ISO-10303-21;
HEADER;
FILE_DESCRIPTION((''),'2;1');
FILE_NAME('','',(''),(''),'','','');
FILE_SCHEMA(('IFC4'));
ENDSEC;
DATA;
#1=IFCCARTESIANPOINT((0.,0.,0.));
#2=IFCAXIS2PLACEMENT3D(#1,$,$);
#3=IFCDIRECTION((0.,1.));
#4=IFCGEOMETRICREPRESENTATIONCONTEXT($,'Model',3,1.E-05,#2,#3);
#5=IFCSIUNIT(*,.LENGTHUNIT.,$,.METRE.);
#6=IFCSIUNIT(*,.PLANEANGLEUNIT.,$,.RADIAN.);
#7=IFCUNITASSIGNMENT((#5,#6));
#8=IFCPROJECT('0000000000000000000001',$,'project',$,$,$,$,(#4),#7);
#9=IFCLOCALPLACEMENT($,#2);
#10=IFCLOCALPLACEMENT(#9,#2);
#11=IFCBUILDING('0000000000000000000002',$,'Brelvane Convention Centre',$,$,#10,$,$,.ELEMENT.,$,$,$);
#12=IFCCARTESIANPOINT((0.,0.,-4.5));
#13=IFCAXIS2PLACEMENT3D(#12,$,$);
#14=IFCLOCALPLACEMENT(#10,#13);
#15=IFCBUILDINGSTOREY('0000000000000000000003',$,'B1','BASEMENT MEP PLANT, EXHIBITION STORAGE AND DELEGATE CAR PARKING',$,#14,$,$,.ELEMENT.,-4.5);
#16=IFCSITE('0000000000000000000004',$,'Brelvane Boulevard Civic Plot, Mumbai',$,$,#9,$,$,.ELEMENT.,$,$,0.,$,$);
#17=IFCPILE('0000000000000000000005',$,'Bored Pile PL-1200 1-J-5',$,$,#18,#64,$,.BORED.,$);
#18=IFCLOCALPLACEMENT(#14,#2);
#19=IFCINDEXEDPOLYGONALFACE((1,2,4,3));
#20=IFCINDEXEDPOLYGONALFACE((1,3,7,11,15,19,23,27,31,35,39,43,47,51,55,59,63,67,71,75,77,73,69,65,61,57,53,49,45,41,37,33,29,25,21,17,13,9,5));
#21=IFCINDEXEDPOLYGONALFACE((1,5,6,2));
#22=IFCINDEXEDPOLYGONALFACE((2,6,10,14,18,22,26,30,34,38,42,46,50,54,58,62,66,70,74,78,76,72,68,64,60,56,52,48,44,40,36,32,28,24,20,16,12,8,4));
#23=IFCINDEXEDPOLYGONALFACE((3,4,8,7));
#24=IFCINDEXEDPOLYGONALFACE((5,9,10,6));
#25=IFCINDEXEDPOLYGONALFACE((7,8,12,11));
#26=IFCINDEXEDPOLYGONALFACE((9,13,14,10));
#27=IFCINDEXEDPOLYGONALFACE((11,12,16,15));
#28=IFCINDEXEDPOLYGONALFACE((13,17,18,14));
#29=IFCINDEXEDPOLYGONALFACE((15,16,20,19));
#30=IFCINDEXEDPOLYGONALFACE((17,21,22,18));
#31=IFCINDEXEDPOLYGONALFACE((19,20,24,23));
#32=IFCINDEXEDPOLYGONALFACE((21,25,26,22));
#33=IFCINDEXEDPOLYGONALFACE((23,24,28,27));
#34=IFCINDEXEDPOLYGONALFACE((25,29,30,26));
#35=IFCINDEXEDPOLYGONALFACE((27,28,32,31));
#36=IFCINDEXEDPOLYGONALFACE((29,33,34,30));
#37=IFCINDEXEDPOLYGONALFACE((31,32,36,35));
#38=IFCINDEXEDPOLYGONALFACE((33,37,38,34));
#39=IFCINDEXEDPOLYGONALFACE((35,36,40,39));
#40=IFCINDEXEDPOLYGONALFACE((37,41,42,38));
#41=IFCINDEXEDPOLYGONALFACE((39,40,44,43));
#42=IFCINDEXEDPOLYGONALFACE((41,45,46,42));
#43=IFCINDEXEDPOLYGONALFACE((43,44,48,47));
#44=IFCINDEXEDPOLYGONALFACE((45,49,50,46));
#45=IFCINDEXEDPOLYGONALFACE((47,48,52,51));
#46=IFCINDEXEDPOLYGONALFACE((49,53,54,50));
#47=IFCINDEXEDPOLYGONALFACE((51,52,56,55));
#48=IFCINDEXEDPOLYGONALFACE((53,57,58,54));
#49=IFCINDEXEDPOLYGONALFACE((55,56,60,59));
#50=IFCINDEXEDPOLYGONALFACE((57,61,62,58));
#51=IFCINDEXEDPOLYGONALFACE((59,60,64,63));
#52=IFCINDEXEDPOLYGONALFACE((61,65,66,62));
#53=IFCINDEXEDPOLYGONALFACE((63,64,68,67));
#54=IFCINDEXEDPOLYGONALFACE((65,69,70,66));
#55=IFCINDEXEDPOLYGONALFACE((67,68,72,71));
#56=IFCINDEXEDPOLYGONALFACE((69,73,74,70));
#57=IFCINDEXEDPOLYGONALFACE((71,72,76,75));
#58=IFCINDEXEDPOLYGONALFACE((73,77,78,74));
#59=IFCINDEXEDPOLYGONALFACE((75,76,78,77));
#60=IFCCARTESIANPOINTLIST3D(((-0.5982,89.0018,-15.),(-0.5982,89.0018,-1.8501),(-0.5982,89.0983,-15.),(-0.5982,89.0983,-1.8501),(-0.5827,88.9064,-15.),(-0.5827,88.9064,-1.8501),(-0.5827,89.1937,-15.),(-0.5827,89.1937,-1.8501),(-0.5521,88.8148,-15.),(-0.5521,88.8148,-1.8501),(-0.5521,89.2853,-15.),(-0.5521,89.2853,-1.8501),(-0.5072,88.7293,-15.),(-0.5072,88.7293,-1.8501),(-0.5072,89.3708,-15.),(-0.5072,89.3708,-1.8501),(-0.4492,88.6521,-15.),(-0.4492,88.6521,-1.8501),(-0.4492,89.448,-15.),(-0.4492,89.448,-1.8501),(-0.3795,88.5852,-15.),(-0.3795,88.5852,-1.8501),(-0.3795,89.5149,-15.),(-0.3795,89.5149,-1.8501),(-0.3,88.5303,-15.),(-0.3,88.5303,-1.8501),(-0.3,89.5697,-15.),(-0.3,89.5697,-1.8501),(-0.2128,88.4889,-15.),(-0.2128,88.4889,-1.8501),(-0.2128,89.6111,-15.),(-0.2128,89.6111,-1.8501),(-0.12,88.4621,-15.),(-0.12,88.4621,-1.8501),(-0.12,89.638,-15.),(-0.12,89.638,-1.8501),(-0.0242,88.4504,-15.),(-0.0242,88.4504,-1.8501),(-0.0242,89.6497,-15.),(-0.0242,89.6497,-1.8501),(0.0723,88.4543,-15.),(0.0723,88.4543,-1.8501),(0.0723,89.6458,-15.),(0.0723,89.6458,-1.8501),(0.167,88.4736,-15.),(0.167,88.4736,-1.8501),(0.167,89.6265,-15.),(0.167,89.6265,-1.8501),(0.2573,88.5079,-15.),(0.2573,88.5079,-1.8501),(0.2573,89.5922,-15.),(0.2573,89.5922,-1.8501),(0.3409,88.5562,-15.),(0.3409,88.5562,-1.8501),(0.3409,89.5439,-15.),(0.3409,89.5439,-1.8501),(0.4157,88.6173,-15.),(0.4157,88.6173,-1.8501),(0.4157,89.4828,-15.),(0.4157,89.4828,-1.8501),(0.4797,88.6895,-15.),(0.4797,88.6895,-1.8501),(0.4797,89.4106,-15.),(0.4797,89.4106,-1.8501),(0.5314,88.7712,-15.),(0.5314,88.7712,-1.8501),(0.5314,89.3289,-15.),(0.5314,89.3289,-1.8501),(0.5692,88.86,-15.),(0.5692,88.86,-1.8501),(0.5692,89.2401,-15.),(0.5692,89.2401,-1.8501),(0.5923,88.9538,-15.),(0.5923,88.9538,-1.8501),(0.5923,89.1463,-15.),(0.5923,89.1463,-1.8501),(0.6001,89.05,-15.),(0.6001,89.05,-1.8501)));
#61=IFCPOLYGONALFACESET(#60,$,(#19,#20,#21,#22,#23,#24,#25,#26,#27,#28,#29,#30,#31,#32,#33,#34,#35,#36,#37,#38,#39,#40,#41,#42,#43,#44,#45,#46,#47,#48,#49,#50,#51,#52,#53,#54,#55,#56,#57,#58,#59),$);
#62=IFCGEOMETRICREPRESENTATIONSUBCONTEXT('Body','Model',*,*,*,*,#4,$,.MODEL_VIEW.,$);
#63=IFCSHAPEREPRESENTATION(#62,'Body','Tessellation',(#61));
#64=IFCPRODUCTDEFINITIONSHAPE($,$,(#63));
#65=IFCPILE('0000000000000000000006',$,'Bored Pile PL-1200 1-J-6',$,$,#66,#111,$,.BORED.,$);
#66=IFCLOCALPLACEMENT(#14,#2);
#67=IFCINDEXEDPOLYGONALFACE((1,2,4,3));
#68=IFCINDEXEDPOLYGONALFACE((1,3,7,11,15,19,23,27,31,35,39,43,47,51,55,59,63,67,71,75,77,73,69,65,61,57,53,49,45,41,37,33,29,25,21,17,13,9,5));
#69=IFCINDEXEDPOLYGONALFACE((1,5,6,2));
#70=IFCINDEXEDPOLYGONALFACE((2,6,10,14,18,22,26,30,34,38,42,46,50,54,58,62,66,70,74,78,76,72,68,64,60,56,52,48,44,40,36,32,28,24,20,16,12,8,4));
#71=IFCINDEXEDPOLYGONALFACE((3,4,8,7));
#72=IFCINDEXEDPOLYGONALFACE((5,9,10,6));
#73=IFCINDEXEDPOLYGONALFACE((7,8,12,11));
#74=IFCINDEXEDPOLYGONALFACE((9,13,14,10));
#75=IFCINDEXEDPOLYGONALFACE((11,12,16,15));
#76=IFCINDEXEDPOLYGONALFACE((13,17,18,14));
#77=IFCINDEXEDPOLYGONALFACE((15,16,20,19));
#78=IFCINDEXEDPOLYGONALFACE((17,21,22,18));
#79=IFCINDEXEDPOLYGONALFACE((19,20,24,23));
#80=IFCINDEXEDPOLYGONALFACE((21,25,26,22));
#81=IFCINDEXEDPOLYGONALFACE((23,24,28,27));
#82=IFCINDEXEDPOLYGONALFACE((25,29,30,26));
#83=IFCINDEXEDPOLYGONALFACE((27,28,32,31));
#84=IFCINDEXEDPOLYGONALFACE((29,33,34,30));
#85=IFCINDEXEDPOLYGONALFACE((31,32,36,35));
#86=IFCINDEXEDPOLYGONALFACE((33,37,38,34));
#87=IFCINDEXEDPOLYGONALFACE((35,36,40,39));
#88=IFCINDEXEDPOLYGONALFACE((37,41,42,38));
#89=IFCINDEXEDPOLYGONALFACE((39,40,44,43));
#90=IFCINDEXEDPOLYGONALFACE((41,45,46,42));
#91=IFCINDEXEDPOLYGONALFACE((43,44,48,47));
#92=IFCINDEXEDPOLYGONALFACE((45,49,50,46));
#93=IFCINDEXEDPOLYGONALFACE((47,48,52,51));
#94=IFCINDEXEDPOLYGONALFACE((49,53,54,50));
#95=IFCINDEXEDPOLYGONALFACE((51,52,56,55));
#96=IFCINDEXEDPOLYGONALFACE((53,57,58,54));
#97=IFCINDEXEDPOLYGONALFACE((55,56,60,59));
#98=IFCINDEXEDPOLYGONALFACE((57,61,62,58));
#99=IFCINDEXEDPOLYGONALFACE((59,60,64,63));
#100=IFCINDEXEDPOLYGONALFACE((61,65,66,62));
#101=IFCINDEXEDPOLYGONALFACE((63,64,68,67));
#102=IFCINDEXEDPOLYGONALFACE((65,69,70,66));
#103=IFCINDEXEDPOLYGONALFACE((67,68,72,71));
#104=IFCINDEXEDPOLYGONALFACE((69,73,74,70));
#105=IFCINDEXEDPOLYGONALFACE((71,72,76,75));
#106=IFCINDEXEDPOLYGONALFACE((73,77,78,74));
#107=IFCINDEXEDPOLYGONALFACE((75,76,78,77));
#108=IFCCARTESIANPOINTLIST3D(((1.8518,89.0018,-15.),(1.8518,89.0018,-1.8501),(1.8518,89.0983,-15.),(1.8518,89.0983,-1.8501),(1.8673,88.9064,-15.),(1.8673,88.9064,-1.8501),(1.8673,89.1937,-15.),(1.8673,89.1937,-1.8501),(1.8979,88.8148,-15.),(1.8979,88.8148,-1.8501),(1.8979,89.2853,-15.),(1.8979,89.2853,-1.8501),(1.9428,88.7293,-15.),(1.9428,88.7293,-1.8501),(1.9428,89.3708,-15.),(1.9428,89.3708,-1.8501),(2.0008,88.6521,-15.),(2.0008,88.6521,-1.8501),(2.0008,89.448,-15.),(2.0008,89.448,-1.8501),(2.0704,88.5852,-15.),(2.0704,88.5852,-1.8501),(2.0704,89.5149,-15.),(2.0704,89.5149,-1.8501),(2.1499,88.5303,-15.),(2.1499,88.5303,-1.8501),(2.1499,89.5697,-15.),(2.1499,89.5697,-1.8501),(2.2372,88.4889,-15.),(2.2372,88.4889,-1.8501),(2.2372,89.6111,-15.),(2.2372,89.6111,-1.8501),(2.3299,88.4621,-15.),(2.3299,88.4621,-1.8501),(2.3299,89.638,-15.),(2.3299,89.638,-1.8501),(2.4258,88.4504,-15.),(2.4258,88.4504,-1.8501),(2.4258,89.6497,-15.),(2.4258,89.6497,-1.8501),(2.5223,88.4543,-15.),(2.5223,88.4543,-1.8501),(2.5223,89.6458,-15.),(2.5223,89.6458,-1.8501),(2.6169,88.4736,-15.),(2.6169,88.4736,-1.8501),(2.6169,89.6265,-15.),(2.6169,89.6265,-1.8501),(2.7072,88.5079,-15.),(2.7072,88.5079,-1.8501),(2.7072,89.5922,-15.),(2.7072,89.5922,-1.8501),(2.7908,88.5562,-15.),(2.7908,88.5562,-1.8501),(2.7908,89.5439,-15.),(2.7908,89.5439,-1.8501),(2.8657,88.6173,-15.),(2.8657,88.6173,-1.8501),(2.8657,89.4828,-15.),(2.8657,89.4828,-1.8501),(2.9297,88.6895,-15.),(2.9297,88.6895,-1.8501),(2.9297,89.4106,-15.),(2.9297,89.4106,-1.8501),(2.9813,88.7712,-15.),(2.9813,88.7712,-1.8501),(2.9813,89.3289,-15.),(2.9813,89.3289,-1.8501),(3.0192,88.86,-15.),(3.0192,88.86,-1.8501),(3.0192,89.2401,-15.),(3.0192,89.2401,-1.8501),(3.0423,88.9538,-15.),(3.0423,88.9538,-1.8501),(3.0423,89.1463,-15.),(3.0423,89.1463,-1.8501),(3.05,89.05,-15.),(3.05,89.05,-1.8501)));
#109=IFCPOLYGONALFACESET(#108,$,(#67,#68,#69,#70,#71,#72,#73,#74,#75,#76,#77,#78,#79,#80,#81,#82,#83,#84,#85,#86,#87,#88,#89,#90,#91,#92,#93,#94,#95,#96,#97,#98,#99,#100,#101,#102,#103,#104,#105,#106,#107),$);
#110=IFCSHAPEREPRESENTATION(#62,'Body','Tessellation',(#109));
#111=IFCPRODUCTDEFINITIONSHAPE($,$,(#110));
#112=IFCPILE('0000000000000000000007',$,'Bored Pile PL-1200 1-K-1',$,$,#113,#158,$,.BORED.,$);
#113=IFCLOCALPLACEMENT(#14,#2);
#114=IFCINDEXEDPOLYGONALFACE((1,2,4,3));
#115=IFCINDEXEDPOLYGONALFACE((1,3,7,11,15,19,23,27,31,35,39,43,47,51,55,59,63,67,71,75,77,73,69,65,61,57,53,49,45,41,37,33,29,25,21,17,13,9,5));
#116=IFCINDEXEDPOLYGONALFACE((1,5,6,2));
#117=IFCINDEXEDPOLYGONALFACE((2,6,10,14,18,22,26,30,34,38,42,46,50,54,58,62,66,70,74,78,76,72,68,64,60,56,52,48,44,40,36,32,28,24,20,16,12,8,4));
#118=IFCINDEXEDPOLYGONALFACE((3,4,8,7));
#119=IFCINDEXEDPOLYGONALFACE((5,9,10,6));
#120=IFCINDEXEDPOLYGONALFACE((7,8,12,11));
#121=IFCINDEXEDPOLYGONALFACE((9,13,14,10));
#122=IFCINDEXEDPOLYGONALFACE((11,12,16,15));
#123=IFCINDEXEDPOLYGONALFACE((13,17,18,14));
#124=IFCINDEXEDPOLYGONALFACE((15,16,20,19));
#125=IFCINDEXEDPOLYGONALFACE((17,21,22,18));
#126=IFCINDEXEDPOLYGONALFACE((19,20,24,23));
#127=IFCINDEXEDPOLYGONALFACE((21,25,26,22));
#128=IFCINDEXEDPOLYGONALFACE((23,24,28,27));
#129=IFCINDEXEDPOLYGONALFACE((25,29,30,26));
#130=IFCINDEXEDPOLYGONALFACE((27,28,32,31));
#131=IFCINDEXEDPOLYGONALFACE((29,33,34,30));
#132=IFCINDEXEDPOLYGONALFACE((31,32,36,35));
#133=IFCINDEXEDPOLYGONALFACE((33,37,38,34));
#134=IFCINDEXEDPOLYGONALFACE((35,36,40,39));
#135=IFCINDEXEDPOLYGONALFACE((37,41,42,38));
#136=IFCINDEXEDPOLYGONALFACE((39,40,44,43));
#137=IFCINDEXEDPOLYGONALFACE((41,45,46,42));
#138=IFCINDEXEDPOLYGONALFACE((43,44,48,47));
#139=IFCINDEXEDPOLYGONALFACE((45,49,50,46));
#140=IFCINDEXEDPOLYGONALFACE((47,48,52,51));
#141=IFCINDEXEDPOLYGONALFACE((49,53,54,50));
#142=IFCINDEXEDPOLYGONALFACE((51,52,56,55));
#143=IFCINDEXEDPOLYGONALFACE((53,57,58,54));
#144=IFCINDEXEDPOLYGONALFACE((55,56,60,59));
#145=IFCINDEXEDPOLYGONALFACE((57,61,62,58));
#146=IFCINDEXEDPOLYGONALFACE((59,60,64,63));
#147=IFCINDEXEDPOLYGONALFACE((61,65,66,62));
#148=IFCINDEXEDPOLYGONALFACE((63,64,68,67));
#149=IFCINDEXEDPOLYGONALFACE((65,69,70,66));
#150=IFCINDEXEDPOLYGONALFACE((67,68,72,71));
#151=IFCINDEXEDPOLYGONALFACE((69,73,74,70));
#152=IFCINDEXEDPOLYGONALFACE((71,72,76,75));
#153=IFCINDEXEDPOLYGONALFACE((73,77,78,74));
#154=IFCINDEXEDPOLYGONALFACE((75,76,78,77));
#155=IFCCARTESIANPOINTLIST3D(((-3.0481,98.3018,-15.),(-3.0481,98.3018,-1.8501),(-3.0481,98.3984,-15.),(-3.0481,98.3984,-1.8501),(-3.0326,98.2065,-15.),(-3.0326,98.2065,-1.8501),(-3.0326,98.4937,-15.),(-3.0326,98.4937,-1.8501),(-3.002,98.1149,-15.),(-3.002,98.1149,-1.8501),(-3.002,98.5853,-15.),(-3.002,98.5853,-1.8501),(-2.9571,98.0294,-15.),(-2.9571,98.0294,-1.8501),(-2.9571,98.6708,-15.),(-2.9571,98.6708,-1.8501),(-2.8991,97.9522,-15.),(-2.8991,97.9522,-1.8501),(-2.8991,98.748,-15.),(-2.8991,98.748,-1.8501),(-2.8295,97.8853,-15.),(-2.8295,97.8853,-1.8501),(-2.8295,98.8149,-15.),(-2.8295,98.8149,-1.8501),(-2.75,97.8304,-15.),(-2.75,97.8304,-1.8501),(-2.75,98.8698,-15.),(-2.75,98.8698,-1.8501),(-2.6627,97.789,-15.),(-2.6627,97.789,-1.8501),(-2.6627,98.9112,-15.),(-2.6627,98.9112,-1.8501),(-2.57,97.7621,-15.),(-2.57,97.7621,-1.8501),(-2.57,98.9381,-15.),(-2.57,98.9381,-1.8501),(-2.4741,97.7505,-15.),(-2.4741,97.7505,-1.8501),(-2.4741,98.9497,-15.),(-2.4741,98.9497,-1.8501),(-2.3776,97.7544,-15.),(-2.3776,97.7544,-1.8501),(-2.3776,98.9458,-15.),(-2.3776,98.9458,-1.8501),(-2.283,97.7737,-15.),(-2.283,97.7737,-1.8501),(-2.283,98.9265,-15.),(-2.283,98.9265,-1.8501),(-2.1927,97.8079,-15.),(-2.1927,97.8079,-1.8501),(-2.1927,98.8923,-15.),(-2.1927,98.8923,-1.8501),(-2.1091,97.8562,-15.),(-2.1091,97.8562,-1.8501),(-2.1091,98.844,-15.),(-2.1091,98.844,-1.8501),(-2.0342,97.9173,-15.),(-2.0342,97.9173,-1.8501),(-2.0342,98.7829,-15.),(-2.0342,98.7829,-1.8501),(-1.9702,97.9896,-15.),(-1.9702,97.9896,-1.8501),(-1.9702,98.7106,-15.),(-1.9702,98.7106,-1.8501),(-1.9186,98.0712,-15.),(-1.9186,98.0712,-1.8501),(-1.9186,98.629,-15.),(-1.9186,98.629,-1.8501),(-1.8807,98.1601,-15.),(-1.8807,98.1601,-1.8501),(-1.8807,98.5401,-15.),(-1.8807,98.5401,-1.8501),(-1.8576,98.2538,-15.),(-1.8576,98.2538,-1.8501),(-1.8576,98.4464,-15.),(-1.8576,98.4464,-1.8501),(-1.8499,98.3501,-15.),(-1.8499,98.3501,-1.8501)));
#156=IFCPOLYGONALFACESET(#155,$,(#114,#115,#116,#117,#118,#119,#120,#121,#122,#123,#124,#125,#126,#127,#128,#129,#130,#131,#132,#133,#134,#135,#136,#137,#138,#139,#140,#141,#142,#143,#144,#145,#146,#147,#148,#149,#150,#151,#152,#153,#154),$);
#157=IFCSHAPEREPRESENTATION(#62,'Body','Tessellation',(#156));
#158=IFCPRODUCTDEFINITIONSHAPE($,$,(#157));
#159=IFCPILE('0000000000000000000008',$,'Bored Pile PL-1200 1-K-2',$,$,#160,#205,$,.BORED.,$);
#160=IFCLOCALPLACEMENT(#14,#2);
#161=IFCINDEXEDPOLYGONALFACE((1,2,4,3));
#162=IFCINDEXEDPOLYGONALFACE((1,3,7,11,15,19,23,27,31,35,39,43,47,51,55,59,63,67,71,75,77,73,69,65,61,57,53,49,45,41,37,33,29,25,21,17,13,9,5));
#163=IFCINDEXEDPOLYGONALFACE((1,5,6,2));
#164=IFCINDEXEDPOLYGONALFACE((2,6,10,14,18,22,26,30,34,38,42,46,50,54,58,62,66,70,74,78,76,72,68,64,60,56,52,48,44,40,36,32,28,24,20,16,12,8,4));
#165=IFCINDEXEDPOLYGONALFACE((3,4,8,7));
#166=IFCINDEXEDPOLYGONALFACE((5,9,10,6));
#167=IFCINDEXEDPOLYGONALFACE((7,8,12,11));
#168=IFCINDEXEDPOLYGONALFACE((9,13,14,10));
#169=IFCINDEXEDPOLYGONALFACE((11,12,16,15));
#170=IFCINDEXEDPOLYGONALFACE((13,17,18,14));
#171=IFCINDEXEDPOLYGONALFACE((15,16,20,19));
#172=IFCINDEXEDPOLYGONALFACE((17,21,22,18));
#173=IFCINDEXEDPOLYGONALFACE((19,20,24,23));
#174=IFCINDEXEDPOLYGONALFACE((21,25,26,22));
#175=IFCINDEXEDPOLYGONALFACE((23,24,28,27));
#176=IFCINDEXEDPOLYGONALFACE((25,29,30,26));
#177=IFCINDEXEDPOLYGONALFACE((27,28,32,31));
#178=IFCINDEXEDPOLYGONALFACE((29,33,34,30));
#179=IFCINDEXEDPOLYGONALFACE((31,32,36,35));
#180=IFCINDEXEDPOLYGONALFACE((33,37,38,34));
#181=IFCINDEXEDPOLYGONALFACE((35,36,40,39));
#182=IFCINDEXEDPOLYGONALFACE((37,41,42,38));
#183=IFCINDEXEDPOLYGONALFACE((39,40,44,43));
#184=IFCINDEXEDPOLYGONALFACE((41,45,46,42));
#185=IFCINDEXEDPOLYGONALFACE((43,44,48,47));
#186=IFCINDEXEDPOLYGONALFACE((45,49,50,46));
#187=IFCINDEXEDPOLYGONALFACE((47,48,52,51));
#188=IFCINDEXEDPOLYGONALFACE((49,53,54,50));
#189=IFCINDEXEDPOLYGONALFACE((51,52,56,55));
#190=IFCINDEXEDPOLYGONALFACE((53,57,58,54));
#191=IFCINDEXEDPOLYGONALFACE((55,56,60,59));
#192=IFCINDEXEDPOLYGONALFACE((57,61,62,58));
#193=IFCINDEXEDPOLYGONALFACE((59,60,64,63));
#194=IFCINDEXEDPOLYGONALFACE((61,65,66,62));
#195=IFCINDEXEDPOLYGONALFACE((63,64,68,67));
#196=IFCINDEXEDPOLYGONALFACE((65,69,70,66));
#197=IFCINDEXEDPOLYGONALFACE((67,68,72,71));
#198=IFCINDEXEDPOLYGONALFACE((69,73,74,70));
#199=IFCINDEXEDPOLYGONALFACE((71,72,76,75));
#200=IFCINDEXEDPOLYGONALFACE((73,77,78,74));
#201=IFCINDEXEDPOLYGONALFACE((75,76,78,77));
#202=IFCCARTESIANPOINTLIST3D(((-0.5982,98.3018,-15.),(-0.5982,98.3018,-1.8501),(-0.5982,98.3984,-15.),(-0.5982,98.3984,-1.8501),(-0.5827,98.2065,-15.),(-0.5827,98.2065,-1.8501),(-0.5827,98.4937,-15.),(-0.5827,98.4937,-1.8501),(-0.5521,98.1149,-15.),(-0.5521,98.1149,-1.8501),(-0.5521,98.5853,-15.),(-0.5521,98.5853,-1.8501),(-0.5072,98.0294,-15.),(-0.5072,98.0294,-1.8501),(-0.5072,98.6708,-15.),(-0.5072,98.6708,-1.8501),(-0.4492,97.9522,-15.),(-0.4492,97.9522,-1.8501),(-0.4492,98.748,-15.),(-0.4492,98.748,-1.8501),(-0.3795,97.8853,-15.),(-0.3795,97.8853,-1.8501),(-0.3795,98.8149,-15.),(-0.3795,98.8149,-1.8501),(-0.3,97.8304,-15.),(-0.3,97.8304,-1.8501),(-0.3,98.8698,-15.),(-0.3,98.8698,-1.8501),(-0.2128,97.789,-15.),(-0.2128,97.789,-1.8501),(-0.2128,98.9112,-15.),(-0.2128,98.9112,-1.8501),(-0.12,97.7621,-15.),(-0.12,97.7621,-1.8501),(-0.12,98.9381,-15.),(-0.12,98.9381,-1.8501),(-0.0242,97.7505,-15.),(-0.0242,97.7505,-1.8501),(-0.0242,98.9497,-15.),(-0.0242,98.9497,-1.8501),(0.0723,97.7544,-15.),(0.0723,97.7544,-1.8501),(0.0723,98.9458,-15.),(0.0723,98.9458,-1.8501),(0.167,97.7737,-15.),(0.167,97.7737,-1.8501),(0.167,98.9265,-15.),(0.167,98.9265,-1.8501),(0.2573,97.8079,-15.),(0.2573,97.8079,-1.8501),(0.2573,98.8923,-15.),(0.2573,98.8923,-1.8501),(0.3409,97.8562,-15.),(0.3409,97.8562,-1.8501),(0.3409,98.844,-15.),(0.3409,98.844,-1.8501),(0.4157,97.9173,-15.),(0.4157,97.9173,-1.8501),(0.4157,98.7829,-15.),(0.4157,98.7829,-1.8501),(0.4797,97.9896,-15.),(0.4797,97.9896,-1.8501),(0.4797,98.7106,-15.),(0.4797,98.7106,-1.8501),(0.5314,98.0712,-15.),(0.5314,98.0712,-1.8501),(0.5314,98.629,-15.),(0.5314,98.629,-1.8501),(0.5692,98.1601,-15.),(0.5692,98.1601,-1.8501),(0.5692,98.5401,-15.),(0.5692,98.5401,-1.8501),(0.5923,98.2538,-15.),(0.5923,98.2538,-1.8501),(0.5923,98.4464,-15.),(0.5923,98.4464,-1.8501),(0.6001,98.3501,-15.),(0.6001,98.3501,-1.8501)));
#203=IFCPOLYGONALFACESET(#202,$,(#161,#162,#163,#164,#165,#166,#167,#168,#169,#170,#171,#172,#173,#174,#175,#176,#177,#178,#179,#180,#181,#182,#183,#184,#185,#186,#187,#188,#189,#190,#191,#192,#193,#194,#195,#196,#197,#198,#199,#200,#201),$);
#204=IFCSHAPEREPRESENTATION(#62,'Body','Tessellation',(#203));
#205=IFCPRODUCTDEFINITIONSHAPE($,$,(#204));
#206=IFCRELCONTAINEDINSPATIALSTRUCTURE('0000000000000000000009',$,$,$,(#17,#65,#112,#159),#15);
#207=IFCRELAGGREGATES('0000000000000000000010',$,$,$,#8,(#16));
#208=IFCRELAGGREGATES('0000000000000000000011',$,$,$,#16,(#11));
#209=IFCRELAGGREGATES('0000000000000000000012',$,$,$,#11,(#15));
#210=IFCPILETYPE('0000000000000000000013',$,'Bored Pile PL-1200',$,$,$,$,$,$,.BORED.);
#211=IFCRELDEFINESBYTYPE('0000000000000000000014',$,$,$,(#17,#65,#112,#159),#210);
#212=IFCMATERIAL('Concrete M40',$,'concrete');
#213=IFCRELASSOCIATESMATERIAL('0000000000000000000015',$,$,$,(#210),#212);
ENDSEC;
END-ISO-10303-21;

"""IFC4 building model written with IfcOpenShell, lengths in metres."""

from ifc_helpers import new_model, si_unit, direction, frame, origin, origin_2d, place, context, subcontext, project, spatial, circle, extrude, material, material_profile, profile_set, type_object, element, save


model = new_model("IFC4")

# Units and contexts
model_context = context("Model", 3, precision=1e-05, world=origin(), true_north=direction((0.0, 1.0)))
body_context = subcontext(model_context, "Body", "Model", "MODEL_VIEW")
ifc_project = project(units=[si_unit("LENGTHUNIT", "METRE"), si_unit("PLANEANGLEUNIT", "RADIAN")], contexts=[model_context])

# Site, building, storey
site_placement = place(None, origin())
site = spatial("IfcSite", under=ifc_project, at=site_placement, Name="Brelvane Boulevard Civic Plot, Mumbai", CompositionType="ELEMENT", RefElevation=0.0)
building_placement = place(site_placement, origin())
building = spatial("IfcBuilding", under=site, at=building_placement, Name="Brelvane Convention Centre", CompositionType="ELEMENT")
storey_placement = place(building_placement, frame((0.0, 0.0, -4.5)))
storey = spatial("IfcBuildingStorey", under=building, at=storey_placement, Name="B1", Description="BASEMENT MEP PLANT, EXHIBITION STORAGE AND DELEGATE CAR PARKING", CompositionType="ELEMENT", Elevation=-4.5)

# Piles
ifc_material_1 = material(Name="Concrete M40", Category="concrete")
ifc_material_profile_1 = material_profile(ifc_material_1, circle(Radius=0.6001, at=origin_2d()), Name="PILE D1200")
ifc_profile_set_1 = profile_set([ifc_material_profile_1], Name="Concrete M40")
pile_type_1 = type_object("IfcPileType", Name="Bored Pile PL-1200", PredefinedType="BORED", material=ifc_profile_set_1)
for number, where, z_axis, x_axis, name in (
    (1, (0.0, 89.05, -1.8501), (0.0, 0.0, -1.0), (1.0, 0.0, 0.0), "Bored Pile PL-1200 1-J-5"),
    (2, (2.45, 89.05, -1.8501), (0.0, 0.0, -1.0), (1.0, 0.0, 0.0), "Bored Pile PL-1200 1-J-6"),
    (3, (-2.45, 98.3501, -1.8501), (0.0, 0.0, -1.0), (1.0, 0.0, 0.0), "Bored Pile PL-1200 1-K-1"),
    (4, (0.0, 98.3501, -1.8501), (0.0, 0.0, -1.0), (1.0, 0.0, 0.0), "Bored Pile PL-1200 1-K-2"),
):
    element("IfcPile", number, at=place(storey_placement, frame(where, z_axis=z_axis, x_axis=x_axis)), inside=storey, type_object=pile_type_1, Name=name, PredefinedType="BORED", context=body_context, shape_type="SweptSolid", body=[
        extrude(circle(Radius=0.6001, at=origin_2d()), origin(), (0.0, 0.0, 1.0), 13.1499),
    ])

save(model, "model.ifc")
